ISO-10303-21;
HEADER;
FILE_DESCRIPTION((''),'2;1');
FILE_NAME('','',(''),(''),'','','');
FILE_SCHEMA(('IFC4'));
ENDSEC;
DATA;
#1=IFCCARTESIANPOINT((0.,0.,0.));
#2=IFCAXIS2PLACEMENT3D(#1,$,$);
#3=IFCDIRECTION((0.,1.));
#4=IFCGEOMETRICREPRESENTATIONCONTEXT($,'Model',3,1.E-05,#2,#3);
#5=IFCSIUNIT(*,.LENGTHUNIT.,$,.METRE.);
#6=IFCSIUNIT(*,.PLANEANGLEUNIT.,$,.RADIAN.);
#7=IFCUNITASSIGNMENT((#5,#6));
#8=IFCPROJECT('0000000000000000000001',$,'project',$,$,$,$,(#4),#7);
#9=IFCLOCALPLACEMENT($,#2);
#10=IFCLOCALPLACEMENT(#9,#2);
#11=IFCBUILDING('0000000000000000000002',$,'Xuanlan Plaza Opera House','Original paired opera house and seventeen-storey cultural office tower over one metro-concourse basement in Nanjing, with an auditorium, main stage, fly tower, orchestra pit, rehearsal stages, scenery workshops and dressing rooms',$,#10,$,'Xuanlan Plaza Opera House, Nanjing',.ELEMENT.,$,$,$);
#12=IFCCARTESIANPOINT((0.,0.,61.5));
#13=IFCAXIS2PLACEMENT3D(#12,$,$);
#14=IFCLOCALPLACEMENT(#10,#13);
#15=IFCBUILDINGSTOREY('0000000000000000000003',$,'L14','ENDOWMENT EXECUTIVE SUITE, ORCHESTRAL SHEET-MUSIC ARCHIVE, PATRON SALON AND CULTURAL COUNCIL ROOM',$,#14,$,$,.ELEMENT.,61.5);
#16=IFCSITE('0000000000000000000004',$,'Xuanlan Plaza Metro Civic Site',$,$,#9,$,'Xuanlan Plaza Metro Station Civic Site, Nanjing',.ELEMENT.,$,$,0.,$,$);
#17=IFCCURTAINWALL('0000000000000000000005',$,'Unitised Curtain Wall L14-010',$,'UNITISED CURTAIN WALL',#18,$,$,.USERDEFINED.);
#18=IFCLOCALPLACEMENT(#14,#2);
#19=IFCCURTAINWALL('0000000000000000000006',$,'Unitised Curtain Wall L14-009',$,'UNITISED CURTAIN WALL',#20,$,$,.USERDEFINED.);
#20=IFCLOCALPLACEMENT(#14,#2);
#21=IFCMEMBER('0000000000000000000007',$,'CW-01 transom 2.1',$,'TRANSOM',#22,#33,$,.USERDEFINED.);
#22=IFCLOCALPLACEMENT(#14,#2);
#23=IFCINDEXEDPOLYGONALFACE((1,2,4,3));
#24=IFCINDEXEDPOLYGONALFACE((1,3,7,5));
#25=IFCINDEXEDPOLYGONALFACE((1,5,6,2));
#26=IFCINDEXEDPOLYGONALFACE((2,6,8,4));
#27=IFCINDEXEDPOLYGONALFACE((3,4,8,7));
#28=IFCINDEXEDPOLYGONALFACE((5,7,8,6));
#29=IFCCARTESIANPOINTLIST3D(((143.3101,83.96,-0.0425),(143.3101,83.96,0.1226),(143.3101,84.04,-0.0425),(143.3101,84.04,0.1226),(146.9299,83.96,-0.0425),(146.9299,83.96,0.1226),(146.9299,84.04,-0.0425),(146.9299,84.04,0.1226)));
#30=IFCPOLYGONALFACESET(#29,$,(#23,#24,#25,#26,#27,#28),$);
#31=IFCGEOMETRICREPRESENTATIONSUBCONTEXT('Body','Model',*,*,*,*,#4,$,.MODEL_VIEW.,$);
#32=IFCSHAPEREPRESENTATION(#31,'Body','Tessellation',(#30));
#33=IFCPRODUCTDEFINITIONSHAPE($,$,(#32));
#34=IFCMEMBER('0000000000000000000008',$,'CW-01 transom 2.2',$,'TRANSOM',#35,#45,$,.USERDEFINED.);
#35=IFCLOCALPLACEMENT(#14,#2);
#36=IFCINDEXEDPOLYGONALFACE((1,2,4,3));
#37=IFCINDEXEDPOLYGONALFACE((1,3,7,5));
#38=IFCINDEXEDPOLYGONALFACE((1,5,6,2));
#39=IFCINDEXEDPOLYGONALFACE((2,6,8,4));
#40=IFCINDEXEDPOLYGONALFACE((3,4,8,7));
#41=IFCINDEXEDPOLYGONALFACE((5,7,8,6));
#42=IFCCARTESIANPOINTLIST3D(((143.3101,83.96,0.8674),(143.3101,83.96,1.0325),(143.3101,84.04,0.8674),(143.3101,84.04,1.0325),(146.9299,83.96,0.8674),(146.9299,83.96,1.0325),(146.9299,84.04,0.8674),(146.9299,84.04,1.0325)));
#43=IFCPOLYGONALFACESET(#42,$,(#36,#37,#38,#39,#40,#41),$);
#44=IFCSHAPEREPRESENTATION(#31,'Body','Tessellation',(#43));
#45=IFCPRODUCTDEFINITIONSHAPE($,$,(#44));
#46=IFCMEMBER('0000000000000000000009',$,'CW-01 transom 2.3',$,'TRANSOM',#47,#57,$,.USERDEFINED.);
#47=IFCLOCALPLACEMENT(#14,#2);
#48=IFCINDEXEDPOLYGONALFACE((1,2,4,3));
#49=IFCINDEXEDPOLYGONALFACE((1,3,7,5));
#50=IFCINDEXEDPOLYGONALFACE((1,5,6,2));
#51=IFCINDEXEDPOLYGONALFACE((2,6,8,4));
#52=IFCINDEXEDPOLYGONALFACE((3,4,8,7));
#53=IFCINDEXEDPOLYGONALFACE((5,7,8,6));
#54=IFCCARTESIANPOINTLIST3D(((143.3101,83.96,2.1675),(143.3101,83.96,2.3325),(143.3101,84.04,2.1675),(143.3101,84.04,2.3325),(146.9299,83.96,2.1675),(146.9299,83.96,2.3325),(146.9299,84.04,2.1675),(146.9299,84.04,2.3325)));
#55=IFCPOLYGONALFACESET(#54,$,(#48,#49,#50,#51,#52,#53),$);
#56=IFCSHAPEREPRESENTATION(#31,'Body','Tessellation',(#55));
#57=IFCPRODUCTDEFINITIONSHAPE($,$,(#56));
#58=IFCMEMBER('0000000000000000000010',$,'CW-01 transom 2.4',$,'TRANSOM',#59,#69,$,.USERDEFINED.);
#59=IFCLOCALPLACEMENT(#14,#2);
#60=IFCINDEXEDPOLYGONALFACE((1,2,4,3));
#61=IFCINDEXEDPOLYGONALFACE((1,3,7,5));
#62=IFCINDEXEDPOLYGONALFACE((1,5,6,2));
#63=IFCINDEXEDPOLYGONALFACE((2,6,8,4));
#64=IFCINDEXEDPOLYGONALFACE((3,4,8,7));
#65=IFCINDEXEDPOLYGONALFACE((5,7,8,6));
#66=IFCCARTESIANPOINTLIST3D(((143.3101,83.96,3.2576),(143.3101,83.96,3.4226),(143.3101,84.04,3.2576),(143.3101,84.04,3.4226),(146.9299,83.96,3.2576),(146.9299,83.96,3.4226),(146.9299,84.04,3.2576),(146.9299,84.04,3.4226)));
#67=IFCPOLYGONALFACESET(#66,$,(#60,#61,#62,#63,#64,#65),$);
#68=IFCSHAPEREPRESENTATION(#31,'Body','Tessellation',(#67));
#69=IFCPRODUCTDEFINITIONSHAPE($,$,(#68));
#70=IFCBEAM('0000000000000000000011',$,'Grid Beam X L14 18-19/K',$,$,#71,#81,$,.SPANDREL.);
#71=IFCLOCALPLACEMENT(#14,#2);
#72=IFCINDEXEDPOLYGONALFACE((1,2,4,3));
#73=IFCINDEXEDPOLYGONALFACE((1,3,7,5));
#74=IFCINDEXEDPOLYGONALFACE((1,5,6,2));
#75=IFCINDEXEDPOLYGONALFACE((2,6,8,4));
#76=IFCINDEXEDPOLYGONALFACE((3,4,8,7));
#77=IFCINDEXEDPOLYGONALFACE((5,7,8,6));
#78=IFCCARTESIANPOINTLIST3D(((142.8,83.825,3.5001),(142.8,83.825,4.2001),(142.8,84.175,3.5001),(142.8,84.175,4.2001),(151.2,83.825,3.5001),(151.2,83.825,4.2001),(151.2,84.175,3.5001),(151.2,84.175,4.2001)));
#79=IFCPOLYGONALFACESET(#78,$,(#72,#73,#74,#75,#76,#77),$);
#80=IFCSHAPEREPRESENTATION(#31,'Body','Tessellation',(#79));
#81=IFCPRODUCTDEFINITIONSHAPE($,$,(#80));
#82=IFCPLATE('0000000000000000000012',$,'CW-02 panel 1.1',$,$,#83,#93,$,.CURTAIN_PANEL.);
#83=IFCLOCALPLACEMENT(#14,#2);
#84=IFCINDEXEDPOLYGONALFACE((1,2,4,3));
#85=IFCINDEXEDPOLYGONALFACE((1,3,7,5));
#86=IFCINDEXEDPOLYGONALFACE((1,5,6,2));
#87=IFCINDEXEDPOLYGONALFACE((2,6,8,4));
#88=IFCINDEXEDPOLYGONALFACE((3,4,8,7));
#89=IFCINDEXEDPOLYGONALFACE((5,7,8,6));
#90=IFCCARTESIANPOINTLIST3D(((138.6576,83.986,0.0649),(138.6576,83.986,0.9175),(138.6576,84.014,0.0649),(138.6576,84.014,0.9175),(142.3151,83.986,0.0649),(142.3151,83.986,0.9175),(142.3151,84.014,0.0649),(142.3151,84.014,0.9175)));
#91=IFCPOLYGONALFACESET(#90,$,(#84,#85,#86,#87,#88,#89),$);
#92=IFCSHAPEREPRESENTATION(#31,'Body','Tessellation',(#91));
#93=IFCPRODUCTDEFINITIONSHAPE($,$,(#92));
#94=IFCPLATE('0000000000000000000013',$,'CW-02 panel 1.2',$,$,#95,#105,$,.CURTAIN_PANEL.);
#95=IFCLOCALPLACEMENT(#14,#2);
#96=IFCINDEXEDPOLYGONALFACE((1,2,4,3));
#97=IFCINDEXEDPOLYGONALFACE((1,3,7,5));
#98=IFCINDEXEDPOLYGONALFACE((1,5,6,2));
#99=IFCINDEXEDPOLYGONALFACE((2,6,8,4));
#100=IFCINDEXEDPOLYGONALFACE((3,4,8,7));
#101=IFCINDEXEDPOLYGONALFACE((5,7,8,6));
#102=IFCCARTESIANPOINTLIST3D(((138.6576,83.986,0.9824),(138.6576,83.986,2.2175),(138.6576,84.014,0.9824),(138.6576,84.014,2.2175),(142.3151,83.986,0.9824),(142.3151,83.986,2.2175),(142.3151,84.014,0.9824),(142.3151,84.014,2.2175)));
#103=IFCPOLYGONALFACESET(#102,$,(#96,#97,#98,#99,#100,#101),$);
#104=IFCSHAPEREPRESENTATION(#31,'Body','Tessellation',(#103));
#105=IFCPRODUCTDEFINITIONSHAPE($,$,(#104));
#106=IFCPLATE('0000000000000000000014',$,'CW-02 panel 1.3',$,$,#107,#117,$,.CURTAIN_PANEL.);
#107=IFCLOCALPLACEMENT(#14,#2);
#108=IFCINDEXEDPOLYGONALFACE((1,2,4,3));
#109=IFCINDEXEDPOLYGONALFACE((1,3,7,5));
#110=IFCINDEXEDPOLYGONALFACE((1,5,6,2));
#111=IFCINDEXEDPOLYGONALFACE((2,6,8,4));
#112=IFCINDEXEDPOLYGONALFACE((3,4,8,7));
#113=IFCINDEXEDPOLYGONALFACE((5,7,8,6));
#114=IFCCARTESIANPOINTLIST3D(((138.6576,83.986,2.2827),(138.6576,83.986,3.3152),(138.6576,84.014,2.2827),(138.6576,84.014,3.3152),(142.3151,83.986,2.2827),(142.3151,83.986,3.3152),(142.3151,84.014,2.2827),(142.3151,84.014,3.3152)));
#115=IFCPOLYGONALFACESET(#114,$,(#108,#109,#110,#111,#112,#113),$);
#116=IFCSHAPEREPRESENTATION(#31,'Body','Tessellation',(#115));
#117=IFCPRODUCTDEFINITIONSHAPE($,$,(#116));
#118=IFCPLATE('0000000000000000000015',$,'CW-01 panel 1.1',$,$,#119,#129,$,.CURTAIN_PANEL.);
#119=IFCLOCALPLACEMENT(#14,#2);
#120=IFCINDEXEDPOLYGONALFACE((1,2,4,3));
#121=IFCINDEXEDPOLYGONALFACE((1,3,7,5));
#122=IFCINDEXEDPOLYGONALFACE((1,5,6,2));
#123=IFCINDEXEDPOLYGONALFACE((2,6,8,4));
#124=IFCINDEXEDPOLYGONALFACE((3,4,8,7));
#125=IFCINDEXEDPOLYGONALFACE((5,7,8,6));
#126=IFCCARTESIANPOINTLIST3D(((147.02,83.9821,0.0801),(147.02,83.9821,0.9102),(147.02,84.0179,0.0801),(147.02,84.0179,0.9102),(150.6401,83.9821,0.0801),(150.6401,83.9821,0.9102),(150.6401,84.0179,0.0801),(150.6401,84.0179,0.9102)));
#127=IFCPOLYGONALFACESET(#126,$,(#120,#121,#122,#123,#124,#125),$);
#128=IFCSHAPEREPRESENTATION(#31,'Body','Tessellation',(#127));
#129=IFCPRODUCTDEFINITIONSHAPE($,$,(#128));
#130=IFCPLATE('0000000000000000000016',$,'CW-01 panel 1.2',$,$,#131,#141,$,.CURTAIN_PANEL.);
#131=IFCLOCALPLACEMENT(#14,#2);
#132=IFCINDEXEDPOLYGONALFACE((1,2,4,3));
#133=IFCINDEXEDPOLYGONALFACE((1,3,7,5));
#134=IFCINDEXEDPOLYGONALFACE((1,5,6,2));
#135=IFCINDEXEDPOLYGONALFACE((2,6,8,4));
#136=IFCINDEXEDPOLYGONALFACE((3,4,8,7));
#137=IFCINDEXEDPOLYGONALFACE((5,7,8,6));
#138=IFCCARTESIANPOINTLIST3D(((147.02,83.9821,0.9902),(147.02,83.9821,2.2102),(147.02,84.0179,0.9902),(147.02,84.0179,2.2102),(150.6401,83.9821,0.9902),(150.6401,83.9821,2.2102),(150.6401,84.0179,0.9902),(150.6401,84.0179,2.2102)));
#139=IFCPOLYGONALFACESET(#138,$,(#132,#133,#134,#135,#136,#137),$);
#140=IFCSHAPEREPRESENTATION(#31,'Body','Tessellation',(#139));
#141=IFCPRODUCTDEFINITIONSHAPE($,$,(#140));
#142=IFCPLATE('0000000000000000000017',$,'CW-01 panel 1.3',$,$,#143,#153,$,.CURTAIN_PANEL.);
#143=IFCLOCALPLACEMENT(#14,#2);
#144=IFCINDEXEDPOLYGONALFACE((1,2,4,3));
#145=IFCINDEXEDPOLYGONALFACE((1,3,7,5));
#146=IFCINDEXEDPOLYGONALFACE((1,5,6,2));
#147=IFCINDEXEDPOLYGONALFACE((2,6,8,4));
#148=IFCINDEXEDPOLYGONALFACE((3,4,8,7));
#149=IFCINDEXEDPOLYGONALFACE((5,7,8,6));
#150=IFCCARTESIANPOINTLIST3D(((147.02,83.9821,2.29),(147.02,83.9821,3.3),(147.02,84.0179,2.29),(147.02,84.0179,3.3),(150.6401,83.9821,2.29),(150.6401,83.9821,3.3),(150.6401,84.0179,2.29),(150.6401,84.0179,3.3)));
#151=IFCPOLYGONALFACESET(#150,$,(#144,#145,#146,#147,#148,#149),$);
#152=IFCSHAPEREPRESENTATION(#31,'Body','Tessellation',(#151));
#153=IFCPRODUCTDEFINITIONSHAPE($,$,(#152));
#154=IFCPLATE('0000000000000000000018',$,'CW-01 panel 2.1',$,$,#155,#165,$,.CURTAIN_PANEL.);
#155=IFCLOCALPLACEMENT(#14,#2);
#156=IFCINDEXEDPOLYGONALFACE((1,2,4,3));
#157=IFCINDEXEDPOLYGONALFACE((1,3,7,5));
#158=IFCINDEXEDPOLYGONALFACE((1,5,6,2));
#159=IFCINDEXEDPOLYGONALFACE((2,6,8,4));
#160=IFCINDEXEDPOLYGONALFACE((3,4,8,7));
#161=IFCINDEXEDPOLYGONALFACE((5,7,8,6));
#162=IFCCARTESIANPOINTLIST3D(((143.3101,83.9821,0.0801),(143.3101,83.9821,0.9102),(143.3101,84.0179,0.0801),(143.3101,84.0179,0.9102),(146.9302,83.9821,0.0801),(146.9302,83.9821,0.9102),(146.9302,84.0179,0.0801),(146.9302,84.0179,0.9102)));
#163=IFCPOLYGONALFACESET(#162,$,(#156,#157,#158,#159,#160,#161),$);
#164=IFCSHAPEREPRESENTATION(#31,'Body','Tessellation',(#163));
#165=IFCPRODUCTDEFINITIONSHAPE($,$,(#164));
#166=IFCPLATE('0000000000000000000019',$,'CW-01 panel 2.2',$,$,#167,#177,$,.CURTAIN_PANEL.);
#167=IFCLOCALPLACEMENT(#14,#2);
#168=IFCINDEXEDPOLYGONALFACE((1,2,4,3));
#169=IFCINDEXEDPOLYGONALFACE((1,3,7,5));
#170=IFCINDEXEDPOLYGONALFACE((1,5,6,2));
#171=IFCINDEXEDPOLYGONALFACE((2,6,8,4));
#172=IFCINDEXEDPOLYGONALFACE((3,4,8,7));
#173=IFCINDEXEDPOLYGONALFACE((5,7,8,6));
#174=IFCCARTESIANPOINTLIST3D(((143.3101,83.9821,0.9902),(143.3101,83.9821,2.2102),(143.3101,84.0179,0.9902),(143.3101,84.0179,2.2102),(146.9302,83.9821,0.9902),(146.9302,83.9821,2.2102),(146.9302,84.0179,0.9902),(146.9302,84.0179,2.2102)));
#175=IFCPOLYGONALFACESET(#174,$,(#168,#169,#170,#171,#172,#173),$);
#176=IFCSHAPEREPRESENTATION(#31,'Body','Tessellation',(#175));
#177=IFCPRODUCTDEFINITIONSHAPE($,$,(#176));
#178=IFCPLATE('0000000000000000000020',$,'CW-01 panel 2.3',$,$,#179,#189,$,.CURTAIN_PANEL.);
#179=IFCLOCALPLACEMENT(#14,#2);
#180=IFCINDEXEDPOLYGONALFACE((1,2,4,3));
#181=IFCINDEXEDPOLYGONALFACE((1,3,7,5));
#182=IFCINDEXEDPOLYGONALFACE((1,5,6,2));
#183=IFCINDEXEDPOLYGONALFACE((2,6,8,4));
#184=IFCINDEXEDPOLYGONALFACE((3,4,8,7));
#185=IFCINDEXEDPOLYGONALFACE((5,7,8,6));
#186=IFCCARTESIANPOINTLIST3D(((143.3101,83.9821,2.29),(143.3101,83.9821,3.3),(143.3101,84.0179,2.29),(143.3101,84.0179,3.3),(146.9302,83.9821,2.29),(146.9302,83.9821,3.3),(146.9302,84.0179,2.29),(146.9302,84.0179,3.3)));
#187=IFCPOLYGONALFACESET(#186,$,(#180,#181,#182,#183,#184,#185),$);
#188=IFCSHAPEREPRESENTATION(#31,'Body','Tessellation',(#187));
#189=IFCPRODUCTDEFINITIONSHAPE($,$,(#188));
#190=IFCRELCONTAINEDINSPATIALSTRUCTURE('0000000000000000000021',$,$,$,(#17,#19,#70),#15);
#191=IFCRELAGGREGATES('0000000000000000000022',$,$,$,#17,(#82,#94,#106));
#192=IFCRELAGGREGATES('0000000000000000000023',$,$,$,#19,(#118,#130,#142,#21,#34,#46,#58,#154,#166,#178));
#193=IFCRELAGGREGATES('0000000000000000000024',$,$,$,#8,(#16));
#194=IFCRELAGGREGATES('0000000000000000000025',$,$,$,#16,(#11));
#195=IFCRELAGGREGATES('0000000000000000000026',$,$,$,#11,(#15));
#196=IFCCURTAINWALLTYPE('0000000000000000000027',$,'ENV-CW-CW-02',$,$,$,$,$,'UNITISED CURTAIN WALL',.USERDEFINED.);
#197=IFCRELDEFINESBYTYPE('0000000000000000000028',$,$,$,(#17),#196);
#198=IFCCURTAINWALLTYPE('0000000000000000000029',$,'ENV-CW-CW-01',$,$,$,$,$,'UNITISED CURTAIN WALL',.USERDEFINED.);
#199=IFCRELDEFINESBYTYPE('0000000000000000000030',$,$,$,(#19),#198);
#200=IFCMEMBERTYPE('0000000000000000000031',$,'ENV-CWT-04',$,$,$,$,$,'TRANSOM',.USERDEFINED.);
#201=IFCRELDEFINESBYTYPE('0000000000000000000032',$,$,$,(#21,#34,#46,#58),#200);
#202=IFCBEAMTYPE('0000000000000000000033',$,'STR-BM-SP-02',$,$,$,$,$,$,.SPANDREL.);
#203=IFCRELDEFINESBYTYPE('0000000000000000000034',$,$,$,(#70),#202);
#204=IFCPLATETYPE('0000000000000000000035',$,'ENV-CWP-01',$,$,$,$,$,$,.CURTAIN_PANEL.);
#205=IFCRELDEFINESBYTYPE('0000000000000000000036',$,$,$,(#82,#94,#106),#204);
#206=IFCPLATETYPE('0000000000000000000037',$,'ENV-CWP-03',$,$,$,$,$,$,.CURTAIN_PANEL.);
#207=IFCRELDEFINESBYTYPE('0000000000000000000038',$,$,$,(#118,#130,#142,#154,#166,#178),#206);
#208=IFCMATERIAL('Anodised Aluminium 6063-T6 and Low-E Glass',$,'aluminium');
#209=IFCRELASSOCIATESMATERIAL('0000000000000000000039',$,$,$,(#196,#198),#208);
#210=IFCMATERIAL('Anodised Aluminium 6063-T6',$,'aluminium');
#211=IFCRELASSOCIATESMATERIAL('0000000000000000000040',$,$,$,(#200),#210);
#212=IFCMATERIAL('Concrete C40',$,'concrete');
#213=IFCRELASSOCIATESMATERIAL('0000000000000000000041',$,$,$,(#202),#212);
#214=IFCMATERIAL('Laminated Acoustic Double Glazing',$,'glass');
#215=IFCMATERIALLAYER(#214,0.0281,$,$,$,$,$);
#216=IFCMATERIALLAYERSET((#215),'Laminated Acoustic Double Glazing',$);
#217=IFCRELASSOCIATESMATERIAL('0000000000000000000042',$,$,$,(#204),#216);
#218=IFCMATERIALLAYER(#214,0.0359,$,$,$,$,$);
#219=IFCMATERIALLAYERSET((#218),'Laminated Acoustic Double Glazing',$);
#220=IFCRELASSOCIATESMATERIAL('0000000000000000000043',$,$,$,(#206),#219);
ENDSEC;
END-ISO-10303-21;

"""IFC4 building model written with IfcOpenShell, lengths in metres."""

from ifc_helpers import new_model, si_unit, direction, frame, origin, origin_2d, place, context, subcontext, project, spatial, rectangle, extrude, material, layer, layer_set, material_profile, profile_set, type_object, element, aggregate, save


model = new_model("IFC4")

# Units and contexts
model_context = context("Model", 3, precision=1e-05, world=origin(), true_north=direction((0.0, 1.0)))
body_context = subcontext(model_context, "Body", "Model", "MODEL_VIEW")
ifc_project = project(units=[si_unit("LENGTHUNIT", "METRE"), si_unit("PLANEANGLEUNIT", "RADIAN")], contexts=[model_context])

# Site, building, storey
site_placement = place(None, origin())
site = spatial("IfcSite", under=ifc_project, at=site_placement, Name="Xuanlan Plaza Metro Civic Site", LongName="Xuanlan Plaza Metro Station Civic Site, Nanjing", CompositionType="ELEMENT", RefElevation=0.0)
building_placement = place(site_placement, origin())
building = spatial("IfcBuilding", under=site, at=building_placement, Name="Xuanlan Plaza Opera House", Description="Original paired opera house and seventeen-storey cultural office tower over one metro-concourse basement in Nanjing, with an auditorium, main stage, fly tower, orchestra pit, rehearsal stages, scenery workshops and dressing rooms", LongName="Xuanlan Plaza Opera House, Nanjing", CompositionType="ELEMENT")
storey_placement = place(building_placement, frame((0.0, 0.0, 61.5)))
storey = spatial("IfcBuildingStorey", under=building, at=storey_placement, Name="L14", Description="ENDOWMENT EXECUTIVE SUITE, ORCHESTRAL SHEET-MUSIC ARCHIVE, PATRON SALON AND CULTURAL COUNCIL ROOM", CompositionType="ELEMENT", Elevation=61.5)

# Curtain wall
ifc_material_1 = material(Name="Anodised Aluminium 6063-T6 and Low-E Glass", Category="aluminium")
curtain_wall_type_1 = type_object("IfcCurtainWallType", Name="ENV-CW-CW-02", ElementType="UNITISED CURTAIN WALL", PredefinedType="USERDEFINED", material=ifc_material_1)
curtain_wall_1_placement = place(storey_placement, origin())
curtain_wall_1 = element("IfcCurtainWall", 1, at=curtain_wall_1_placement, inside=storey, type_object=curtain_wall_type_1, Name="Unitised Curtain Wall L14-010", ObjectType="UNITISED CURTAIN WALL", PredefinedType="USERDEFINED")
ifc_material_2 = material(Name="Anodised Aluminium 6063-T6", Category="aluminium")

# Curtain wall
curtain_wall_type_2 = type_object("IfcCurtainWallType", Name="ENV-CW-CW-01", ElementType="UNITISED CURTAIN WALL", PredefinedType="USERDEFINED", material=ifc_material_1)
curtain_wall_2_placement = place(storey_placement, origin())
curtain_wall_2 = element("IfcCurtainWall", 2, at=curtain_wall_2_placement, inside=storey, type_object=curtain_wall_type_2, Name="Unitised Curtain Wall L14-009", ObjectType="UNITISED CURTAIN WALL", PredefinedType="USERDEFINED")

# Members
ifc_material_profile_1 = material_profile(ifc_material_2, rectangle(XDim=0.0801, YDim=0.165, at=origin_2d()), Name="ALU-T 80x165")
ifc_profile_set_1 = profile_set([ifc_material_profile_1], Name="Anodised Aluminium 6063-T6")
member_type_1 = type_object("IfcMemberType", Name="ENV-CWT-04", ElementType="TRANSOM", PredefinedType="USERDEFINED", material=ifc_profile_set_1)
member_1_placement = place(storey_placement, frame((146.9299, 84.0, 0.04), z_axis=(-1.0, 0.0, 0.0), x_axis=(0.0, -1.0, 0.0)))
member_1 = element("IfcMember", 3, at=member_1_placement, type_object=member_type_1, Name="CW-01 transom 2.1", ObjectType="TRANSOM", PredefinedType="USERDEFINED", context=body_context, shape_type="SweptSolid", body=[
    extrude(rectangle(XDim=0.0801, YDim=0.165, at=origin_2d()), origin(), (0.0, 0.0, 1.0), 3.6199),
])
member_2_placement = place(storey_placement, frame((146.9299, 84.0, 0.95), z_axis=(-1.0, 0.0, 0.0), x_axis=(0.0, -1.0, 0.0)))
member_2 = element("IfcMember", 4, at=member_2_placement, type_object=member_type_1, Name="CW-01 transom 2.2", ObjectType="TRANSOM", PredefinedType="USERDEFINED", context=body_context, shape_type="SweptSolid", body=[
    extrude(rectangle(XDim=0.0801, YDim=0.165, at=origin_2d()), origin(), (0.0, 0.0, 1.0), 3.6199),
])
member_3_placement = place(storey_placement, frame((146.9299, 84.0, 2.25), z_axis=(-1.0, 0.0, 0.0), x_axis=(0.0, -1.0, 0.0)))
member_3 = element("IfcMember", 5, at=member_3_placement, type_object=member_type_1, Name="CW-01 transom 2.3", ObjectType="TRANSOM", PredefinedType="USERDEFINED", context=body_context, shape_type="SweptSolid", body=[
    extrude(rectangle(XDim=0.0801, YDim=0.165, at=origin_2d()), origin(), (0.0, 0.0, 1.0), 3.6199),
])
member_4_placement = place(storey_placement, frame((146.9299, 84.0, 3.3401), z_axis=(-1.0, 0.0, 0.0), x_axis=(0.0, -1.0, 0.0)))
member_4 = element("IfcMember", 6, at=member_4_placement, type_object=member_type_1, Name="CW-01 transom 2.4", ObjectType="TRANSOM", PredefinedType="USERDEFINED", context=body_context, shape_type="SweptSolid", body=[
    extrude(rectangle(XDim=0.0801, YDim=0.165, at=origin_2d()), origin(), (0.0, 0.0, 1.0), 3.6199),
])

# Beam
ifc_material_3 = material(Name="Concrete C40", Category="concrete")
ifc_material_profile_2 = material_profile(ifc_material_3, rectangle(XDim=0.3501, YDim=0.7, at=origin_2d()), Name="RC-SPD 350x700")
ifc_profile_set_2 = profile_set([ifc_material_profile_2], Name="Concrete C40")
beam_type = type_object("IfcBeamType", Name="STR-BM-SP-02", PredefinedType="SPANDREL", material=ifc_profile_set_2)
beam_placement = place(storey_placement, frame((142.8, 84.0, 3.8501), z_axis=(1.0, 0.0, 0.0), x_axis=(0.0, 1.0, 0.0)))
element("IfcBeam", 7, at=beam_placement, inside=storey, type_object=beam_type, Name="Grid Beam X L14 18-19/K", PredefinedType="SPANDREL", context=body_context, shape_type="SweptSolid", body=[
    extrude(rectangle(XDim=0.3501, YDim=0.7, at=origin_2d()), origin(), (0.0, 0.0, 1.0), 8.3999),
])

# Plates
ifc_material_4 = material(Name="Laminated Acoustic Double Glazing", Category="glass")
ifc_layer_1 = layer(ifc_material_4, 0.0281)
ifc_layer_set_1 = layer_set([ifc_layer_1], Name="Laminated Acoustic Double Glazing")
plate_type_1 = type_object("IfcPlateType", Name="ENV-CWP-01", PredefinedType="CURTAIN_PANEL", material=ifc_layer_set_1)
plate_1_placement = place(storey_placement, frame((140.4863, 84.0, 0.0649), z_axis=(0.0, 0.0, 1.0), x_axis=(-1.0, 0.0, 0.0)))
plate_1 = element("IfcPlate", 8, at=plate_1_placement, type_object=plate_type_1, Name="CW-02 panel 1.1", PredefinedType="CURTAIN_PANEL", context=body_context, shape_type="SweptSolid", body=[
    extrude(rectangle(XDim=3.6575, YDim=0.0281, at=origin_2d()), origin(), (0.0, 0.0, 1.0), 0.8525),
])
plate_2_placement = place(storey_placement, frame((140.4863, 84.0, 0.9824), z_axis=(0.0, 0.0, 1.0), x_axis=(-1.0, 0.0, 0.0)))
plate_2 = element("IfcPlate", 9, at=plate_2_placement, type_object=plate_type_1, Name="CW-02 panel 1.2", PredefinedType="CURTAIN_PANEL", context=body_context, shape_type="SweptSolid", body=[
    extrude(rectangle(XDim=3.6575, YDim=0.0281, at=origin_2d()), origin(), (0.0, 0.0, 1.0), 1.2351),
])
plate_3_placement = place(storey_placement, frame((140.4863, 84.0, 2.2827), z_axis=(0.0, 0.0, 1.0), x_axis=(-1.0, 0.0, 0.0)))
plate_3 = element("IfcPlate", 10, at=plate_3_placement, type_object=plate_type_1, Name="CW-02 panel 1.3", PredefinedType="CURTAIN_PANEL", context=body_context, shape_type="SweptSolid", body=[
    extrude(rectangle(XDim=3.6575, YDim=0.0281, at=origin_2d()), origin(), (0.0, 0.0, 1.0), 1.0325),
])
aggregate(curtain_wall_1, [plate_1, plate_2, plate_3])
ifc_layer_2 = layer(ifc_material_4, 0.0359)
ifc_layer_set_2 = layer_set([ifc_layer_2], Name="Laminated Acoustic Double Glazing")
plate_type_2 = type_object("IfcPlateType", Name="ENV-CWP-03", PredefinedType="CURTAIN_PANEL", material=ifc_layer_set_2)
plate_4_placement = place(storey_placement, frame((148.8301, 84.0, 0.0801), z_axis=(0.0, 0.0, 1.0), x_axis=(-1.0, 0.0, 0.0)))
plate_4 = element("IfcPlate", 11, at=plate_4_placement, type_object=plate_type_2, Name="CW-01 panel 1.1", PredefinedType="CURTAIN_PANEL", context=body_context, shape_type="SweptSolid", body=[
    extrude(rectangle(XDim=3.6201, YDim=0.0359, at=origin_2d()), origin(), (0.0, 0.0, 1.0), 0.8301),
])
plate_5_placement = place(storey_placement, frame((148.8301, 84.0, 0.9902), z_axis=(0.0, 0.0, 1.0), x_axis=(-1.0, 0.0, 0.0)))
plate_5 = element("IfcPlate", 12, at=plate_5_placement, type_object=plate_type_2, Name="CW-01 panel 1.2", PredefinedType="CURTAIN_PANEL", context=body_context, shape_type="SweptSolid", body=[
    extrude(rectangle(XDim=3.6201, YDim=0.0359, at=origin_2d()), origin(), (0.0, 0.0, 1.0), 1.22),
])
plate_6_placement = place(storey_placement, frame((148.8301, 84.0, 2.29), z_axis=(0.0, 0.0, 1.0), x_axis=(-1.0, 0.0, 0.0)))
plate_6 = element("IfcPlate", 13, at=plate_6_placement, type_object=plate_type_2, Name="CW-01 panel 1.3", PredefinedType="CURTAIN_PANEL", context=body_context, shape_type="SweptSolid", body=[
    extrude(rectangle(XDim=3.6201, YDim=0.0359, at=origin_2d()), origin(), (0.0, 0.0, 1.0), 1.01),
])
plate_7_placement = place(storey_placement, frame((145.1201, 84.0, 0.0801), z_axis=(0.0, 0.0, 1.0), x_axis=(-1.0, 0.0, 0.0)))
plate_7 = element("IfcPlate", 14, at=plate_7_placement, type_object=plate_type_2, Name="CW-01 panel 2.1", PredefinedType="CURTAIN_PANEL", context=body_context, shape_type="SweptSolid", body=[
    extrude(rectangle(XDim=3.6201, YDim=0.0359, at=origin_2d()), origin(), (0.0, 0.0, 1.0), 0.8301),
])
plate_8_placement = place(storey_placement, frame((145.1201, 84.0, 0.9902), z_axis=(0.0, 0.0, 1.0), x_axis=(-1.0, 0.0, 0.0)))
plate_8 = element("IfcPlate", 15, at=plate_8_placement, type_object=plate_type_2, Name="CW-01 panel 2.2", PredefinedType="CURTAIN_PANEL", context=body_context, shape_type="SweptSolid", body=[
    extrude(rectangle(XDim=3.6201, YDim=0.0359, at=origin_2d()), origin(), (0.0, 0.0, 1.0), 1.22),
])
plate_9_placement = place(storey_placement, frame((145.1201, 84.0, 2.29), z_axis=(0.0, 0.0, 1.0), x_axis=(-1.0, 0.0, 0.0)))
plate_9 = element("IfcPlate", 16, at=plate_9_placement, type_object=plate_type_2, Name="CW-01 panel 2.3", PredefinedType="CURTAIN_PANEL", context=body_context, shape_type="SweptSolid", body=[
    extrude(rectangle(XDim=3.6201, YDim=0.0359, at=origin_2d()), origin(), (0.0, 0.0, 1.0), 1.01),
])
aggregate(curtain_wall_2, [plate_4, plate_5, plate_6, member_1, member_2, member_3, member_4, plate_7, plate_8, plate_9])

save(model, "model.ifc")
